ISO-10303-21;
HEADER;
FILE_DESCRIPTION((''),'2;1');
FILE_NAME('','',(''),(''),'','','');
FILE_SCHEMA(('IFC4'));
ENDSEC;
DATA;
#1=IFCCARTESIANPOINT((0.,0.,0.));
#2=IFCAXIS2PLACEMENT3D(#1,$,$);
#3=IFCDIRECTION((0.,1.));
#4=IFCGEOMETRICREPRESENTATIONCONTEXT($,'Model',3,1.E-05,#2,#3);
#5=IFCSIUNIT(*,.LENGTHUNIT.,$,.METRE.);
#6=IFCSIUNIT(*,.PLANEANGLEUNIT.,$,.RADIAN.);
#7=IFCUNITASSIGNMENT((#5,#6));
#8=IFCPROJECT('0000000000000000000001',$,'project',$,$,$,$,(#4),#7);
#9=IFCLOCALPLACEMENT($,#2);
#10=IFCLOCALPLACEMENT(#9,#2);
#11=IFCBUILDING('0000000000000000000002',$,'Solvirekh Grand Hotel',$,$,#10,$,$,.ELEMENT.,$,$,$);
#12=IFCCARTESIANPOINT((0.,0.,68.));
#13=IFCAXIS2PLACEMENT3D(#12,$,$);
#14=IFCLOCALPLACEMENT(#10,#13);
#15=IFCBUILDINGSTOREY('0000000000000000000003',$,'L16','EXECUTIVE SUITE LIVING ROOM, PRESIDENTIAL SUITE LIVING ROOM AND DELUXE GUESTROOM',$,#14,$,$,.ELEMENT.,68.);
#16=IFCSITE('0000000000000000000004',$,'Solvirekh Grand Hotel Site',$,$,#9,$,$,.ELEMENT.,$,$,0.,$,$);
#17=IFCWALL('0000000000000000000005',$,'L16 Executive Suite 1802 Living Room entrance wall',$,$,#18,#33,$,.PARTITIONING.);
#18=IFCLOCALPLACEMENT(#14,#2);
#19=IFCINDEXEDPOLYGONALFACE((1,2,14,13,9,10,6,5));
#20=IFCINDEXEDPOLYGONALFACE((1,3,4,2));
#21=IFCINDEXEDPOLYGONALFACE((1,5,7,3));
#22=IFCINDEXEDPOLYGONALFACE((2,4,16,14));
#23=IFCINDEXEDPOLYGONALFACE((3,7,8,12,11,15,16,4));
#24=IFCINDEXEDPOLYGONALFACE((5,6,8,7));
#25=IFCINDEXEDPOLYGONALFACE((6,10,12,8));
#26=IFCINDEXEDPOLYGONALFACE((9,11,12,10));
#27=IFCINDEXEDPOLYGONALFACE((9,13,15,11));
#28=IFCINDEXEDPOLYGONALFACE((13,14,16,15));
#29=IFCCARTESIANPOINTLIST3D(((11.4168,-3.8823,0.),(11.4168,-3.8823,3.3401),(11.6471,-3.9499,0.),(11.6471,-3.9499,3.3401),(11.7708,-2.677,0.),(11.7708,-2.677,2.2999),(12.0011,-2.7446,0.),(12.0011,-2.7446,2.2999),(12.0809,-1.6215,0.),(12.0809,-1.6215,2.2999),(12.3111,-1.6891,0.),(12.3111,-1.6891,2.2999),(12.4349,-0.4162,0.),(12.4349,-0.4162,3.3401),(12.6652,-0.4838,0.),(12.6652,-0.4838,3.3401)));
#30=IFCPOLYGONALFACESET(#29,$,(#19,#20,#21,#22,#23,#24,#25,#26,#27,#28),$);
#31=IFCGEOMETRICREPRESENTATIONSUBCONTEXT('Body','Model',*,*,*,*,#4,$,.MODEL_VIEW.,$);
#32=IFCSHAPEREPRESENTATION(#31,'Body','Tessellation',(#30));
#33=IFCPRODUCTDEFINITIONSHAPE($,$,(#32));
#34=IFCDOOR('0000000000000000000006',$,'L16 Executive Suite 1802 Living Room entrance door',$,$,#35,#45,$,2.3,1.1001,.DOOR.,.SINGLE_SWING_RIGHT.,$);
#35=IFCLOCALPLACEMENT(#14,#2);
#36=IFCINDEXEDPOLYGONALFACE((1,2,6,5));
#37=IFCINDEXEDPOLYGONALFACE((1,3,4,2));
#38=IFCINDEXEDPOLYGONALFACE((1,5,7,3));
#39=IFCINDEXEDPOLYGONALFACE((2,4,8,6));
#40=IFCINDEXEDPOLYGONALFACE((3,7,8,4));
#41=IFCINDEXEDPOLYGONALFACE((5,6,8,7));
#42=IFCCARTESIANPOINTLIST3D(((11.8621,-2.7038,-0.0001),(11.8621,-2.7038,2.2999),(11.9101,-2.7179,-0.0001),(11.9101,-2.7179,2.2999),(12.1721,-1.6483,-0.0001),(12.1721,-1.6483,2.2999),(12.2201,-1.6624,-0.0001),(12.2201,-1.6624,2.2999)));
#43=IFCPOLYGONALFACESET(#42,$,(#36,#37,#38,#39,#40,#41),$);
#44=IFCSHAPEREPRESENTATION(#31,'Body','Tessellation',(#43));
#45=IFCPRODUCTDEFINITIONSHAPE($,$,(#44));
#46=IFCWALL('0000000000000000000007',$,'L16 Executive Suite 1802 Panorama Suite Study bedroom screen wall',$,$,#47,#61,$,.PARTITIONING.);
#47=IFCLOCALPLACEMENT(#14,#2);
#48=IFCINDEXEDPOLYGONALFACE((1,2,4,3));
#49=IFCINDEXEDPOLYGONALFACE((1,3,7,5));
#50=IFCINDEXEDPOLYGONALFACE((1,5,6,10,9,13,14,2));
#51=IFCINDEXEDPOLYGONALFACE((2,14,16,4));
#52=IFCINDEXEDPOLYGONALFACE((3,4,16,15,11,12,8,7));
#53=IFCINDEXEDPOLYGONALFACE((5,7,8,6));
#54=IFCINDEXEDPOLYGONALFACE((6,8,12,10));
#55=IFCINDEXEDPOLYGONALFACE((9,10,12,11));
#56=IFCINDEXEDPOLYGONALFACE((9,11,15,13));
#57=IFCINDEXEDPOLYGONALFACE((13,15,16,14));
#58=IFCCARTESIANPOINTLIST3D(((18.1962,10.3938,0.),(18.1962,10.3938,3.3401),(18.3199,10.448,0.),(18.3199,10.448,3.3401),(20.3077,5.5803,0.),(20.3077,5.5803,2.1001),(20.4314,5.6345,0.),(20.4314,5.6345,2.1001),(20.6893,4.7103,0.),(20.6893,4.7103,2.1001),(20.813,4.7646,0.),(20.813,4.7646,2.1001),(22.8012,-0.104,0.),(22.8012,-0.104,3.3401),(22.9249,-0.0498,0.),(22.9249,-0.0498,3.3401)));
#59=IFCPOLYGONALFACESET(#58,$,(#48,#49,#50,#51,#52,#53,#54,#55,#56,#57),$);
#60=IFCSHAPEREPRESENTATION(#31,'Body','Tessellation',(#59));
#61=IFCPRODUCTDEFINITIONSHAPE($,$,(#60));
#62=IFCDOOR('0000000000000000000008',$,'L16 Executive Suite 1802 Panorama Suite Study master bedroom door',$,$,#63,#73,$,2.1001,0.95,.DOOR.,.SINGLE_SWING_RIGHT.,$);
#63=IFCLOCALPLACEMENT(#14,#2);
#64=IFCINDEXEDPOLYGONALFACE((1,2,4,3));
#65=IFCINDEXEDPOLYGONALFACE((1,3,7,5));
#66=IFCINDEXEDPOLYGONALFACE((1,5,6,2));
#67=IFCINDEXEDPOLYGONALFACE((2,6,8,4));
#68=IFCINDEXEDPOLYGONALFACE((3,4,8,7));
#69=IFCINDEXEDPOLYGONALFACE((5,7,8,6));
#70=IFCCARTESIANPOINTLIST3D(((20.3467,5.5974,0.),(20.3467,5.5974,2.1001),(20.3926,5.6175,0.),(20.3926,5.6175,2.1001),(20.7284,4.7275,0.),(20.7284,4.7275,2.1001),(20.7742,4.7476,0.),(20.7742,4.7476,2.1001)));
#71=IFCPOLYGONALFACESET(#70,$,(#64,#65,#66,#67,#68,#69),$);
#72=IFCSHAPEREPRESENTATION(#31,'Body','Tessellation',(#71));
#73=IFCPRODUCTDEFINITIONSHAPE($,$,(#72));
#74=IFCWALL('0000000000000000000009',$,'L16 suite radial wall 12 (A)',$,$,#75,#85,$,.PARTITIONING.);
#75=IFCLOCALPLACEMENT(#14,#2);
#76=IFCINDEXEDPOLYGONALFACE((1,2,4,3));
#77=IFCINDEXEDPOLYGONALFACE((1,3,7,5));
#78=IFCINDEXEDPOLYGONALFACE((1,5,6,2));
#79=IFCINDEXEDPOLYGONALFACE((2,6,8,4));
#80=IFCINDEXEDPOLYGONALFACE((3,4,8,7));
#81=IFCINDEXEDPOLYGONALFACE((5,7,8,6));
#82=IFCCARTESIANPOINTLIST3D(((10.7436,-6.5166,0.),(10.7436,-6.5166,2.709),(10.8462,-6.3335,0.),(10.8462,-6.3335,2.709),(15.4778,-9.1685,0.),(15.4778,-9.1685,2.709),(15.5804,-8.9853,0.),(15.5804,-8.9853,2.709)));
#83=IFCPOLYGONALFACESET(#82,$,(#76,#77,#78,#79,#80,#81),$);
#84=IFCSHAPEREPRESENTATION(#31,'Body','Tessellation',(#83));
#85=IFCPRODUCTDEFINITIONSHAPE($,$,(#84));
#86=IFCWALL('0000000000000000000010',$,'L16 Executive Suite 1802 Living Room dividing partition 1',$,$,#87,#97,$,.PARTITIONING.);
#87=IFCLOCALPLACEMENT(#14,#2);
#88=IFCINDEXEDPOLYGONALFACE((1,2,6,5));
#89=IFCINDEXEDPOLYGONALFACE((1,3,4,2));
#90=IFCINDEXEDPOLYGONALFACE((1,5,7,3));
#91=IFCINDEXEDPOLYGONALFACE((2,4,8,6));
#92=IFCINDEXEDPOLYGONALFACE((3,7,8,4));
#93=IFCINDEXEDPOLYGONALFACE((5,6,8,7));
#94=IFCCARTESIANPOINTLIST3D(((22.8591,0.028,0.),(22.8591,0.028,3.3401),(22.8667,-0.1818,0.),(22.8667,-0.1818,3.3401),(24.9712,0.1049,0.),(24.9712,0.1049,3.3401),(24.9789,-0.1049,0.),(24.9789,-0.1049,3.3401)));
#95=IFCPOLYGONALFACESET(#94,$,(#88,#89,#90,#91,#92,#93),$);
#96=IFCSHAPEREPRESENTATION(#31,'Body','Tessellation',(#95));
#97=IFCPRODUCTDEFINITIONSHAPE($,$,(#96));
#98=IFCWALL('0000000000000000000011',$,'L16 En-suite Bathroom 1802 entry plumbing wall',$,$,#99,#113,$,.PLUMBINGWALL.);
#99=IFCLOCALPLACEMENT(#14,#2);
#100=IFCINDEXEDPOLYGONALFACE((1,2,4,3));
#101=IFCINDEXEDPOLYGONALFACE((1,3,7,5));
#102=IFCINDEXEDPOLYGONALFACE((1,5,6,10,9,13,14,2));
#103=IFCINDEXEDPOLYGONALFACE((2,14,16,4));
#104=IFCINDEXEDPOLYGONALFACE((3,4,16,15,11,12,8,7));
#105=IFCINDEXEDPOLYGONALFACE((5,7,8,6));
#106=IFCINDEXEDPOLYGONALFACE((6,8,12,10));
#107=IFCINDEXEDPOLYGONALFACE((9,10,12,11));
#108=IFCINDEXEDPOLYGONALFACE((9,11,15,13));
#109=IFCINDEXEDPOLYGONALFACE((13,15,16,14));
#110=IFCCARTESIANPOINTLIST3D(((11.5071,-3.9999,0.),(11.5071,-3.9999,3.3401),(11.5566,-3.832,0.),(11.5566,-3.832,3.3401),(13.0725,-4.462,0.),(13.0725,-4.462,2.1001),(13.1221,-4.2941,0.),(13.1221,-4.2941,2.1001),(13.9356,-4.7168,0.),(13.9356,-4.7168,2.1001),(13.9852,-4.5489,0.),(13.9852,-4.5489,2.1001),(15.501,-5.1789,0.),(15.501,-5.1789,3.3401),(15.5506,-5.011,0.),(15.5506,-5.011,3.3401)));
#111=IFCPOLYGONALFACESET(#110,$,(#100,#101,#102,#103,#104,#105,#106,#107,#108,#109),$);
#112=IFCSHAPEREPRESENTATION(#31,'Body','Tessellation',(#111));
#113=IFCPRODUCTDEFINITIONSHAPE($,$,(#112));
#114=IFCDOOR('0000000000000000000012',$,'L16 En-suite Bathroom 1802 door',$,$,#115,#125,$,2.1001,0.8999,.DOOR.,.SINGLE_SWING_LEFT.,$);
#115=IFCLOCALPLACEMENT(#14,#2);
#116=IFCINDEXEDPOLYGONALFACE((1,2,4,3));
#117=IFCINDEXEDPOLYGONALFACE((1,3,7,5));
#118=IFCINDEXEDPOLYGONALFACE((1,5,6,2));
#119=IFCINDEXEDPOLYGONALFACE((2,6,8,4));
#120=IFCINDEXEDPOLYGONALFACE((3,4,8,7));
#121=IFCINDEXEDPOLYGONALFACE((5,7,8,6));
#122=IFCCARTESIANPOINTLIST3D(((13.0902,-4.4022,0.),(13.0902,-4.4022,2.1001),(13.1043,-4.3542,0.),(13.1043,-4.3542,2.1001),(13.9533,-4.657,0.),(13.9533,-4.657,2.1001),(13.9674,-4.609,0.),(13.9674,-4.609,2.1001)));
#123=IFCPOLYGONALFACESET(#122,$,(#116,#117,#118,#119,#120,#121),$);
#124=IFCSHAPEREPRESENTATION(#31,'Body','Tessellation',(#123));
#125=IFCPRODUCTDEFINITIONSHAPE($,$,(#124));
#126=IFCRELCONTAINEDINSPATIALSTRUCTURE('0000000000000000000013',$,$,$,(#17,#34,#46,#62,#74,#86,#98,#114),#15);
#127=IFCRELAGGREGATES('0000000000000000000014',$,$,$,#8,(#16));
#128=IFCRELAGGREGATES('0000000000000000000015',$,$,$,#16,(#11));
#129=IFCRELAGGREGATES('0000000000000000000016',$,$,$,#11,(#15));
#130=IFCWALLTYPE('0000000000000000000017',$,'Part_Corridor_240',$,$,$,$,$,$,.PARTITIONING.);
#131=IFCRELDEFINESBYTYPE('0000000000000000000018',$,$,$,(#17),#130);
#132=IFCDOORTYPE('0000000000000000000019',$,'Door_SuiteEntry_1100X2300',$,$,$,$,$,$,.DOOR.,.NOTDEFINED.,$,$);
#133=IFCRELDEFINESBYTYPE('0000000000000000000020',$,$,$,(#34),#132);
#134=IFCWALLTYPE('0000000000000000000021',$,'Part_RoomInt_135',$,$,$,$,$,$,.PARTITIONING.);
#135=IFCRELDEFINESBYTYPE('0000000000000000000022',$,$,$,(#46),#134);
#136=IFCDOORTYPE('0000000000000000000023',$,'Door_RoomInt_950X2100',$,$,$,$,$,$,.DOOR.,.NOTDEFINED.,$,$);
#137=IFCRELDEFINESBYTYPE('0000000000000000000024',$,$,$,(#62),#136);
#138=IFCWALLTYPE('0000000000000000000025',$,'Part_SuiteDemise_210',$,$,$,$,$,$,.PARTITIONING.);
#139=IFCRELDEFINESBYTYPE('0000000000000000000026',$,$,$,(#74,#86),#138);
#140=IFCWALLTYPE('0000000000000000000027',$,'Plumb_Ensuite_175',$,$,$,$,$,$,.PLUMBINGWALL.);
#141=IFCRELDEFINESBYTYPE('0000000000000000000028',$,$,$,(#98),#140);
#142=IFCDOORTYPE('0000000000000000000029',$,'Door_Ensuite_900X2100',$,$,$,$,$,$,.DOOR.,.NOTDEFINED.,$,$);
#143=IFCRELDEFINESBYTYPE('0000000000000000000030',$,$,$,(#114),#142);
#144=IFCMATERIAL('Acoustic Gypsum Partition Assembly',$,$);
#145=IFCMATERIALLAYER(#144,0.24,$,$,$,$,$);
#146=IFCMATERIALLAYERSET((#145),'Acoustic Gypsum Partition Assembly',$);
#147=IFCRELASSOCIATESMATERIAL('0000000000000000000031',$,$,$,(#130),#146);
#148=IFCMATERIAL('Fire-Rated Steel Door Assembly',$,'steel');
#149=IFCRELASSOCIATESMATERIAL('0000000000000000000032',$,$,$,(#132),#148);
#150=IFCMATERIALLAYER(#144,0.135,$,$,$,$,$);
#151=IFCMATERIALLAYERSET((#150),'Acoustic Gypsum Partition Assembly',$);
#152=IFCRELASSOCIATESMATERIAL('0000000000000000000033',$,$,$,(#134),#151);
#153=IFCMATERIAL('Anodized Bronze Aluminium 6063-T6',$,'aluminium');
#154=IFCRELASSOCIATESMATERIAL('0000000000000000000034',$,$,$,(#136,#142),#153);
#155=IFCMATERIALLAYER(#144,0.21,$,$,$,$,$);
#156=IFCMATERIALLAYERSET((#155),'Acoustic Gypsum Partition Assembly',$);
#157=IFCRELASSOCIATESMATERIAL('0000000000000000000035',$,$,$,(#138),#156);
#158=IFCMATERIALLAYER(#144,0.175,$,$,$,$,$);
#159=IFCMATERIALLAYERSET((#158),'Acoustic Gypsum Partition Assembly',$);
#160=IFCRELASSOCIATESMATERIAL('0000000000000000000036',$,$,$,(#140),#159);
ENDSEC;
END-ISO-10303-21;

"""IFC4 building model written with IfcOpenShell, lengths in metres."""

from ifc_helpers import new_model, si_unit, direction, frame, frame_2d, origin, place, context, subcontext, project, spatial, rectangle, extrude, material, layer, layer_set, type_object, element, fill, save


model = new_model("IFC4")

# Units and contexts
model_context = context("Model", 3, precision=1e-05, world=origin(), true_north=direction((0.0, 1.0)))
body_context = subcontext(model_context, "Body", "Model", "MODEL_VIEW")
ifc_project = project(units=[si_unit("LENGTHUNIT", "METRE"), si_unit("PLANEANGLEUNIT", "RADIAN")], contexts=[model_context])

# Site, building, storey
site_placement = place(None, origin())
site = spatial("IfcSite", under=ifc_project, at=site_placement, Name="Solvirekh Grand Hotel Site", CompositionType="ELEMENT", RefElevation=0.0)
building_placement = place(site_placement, origin())
building = spatial("IfcBuilding", under=site, at=building_placement, Name="Solvirekh Grand Hotel", CompositionType="ELEMENT")
storey_placement = place(building_placement, frame((0.0, 0.0, 68.0)))
storey = spatial("IfcBuildingStorey", under=building, at=storey_placement, Name="L16", Description="EXECUTIVE SUITE LIVING ROOM, PRESIDENTIAL SUITE LIVING ROOM AND DELUXE GUESTROOM", CompositionType="ELEMENT", Elevation=68.0)

# Shared definitions
ifc_material_1 = material(Name="Anodized Bronze Aluminium 6063-T6", Category="aluminium")

# Shared definitions
ifc_material_2 = material(Name="Acoustic Gypsum Partition Assembly")
ifc_layer_1 = layer(ifc_material_2, 0.24)
ifc_layer_set_1 = layer_set([ifc_layer_1], Name="Acoustic Gypsum Partition Assembly")
wall_type_1 = type_object("IfcWallType", Name="Part_Corridor_240", PredefinedType="PARTITIONING", material=ifc_layer_set_1)

# Walls, openings, doors
wall_1_placement = place(storey_placement, frame((11.532, -3.916, 0.0), z_axis=(0.0, 0.0, 1.0), x_axis=(0.281819, 0.959468, 0.0)))
wall_1 = element("IfcWall", 1, at=wall_1_placement, inside=storey, type_object=wall_type_1, Name="L16 Executive Suite 1802 Living Room entrance wall", PredefinedType="PARTITIONING", context=body_context, shape_type="SweptSolid", body=[
    extrude(rectangle(XDim=3.6125, YDim=0.24, at=frame_2d((1.8062, 0.0))), origin(), (0.0, 0.0, 1.0), 3.3401),
])
opening_1_placement = place(wall_1_placement, frame((1.2561, 0.0, 0.0)))
opening_1 = element("IfcOpeningElement", 2, at=opening_1_placement, cuts=wall_1, PredefinedType="OPENING", context=body_context, shape_type="SweptSolid", body=[
    extrude(rectangle(XDim=1.1001, YDim=2.3, at=frame_2d((0.55, 1.1499))), frame((0.0, 0.1299, 0.0), z_axis=(0.0, -1.0, 0.0), x_axis=(1.0, 0.0, 0.0)), (0.0, 0.0, 1.0), 0.26),
])
ifc_material_3 = material(Name="Fire-Rated Steel Door Assembly", Category="steel")
door_type_1 = type_object("IfcDoorType", Name="Door_SuiteEntry_1100X2300", OperationType="NOTDEFINED", PredefinedType="DOOR", material=ifc_material_3)
door_1_placement = place(opening_1_placement, origin())
door_1 = element("IfcDoor", 3, at=door_1_placement, inside=storey, type_object=door_type_1, Name="L16 Executive Suite 1802 Living Room entrance door", OperationType="SINGLE_SWING_RIGHT", OverallHeight=2.3, OverallWidth=1.1001, PredefinedType="DOOR", context=body_context, shape_type="SweptSolid", body=[
    extrude(rectangle(XDim=1.1001, YDim=2.3, at=frame_2d((0.55, 1.1499))), frame((0.0, 0.0249, 0.0), z_axis=(0.0, -1.0, 0.0), x_axis=(1.0, 0.0, 0.0)), (0.0, 0.0, 1.0), 0.05),
])
fill(opening_1, door_1)
ifc_layer_2 = layer(ifc_material_2, 0.135)
ifc_layer_set_2 = layer_set([ifc_layer_2], Name="Acoustic Gypsum Partition Assembly")
wall_type_2 = type_object("IfcWallType", Name="Part_RoomInt_135", PredefinedType="PARTITIONING", material=ifc_layer_set_2)
wall_2_placement = place(storey_placement, frame((22.863, -0.0769, 0.0), z_axis=(0.0, 0.0, 1.0), x_axis=(-0.401711, 0.915766, 0.0)))
wall_2 = element("IfcWall", 4, at=wall_2_placement, inside=storey, type_object=wall_type_2, Name="L16 Executive Suite 1802 Panorama Suite Study bedroom screen wall", PredefinedType="PARTITIONING", context=body_context, shape_type="SweptSolid", body=[
    extrude(rectangle(XDim=11.4634, YDim=0.135, at=frame_2d((5.7317, 0.0))), origin(), (0.0, 0.0, 1.0), 3.3401),
])
opening_2_placement = place(wall_2_placement, frame((5.2571, 0.0, 0.0)))
opening_2 = element("IfcOpeningElement", 5, at=opening_2_placement, cuts=wall_2, PredefinedType="OPENING", context=body_context, shape_type="SweptSolid", body=[
    extrude(rectangle(XDim=0.95, YDim=2.1001, at=frame_2d((0.4751, 1.05))), frame((0.0, 0.0776, 0.0), z_axis=(0.0, -1.0, 0.0), x_axis=(1.0, 0.0, 0.0)), (0.0, 0.0, 1.0), 0.155),
])
door_type_2 = type_object("IfcDoorType", Name="Door_RoomInt_950X2100", OperationType="NOTDEFINED", PredefinedType="DOOR", material=ifc_material_1)
door_2_placement = place(opening_2_placement, origin())
door_2 = element("IfcDoor", 6, at=door_2_placement, inside=storey, type_object=door_type_2, Name="L16 Executive Suite 1802 Panorama Suite Study master bedroom door", OperationType="SINGLE_SWING_RIGHT", OverallHeight=2.1001, OverallWidth=0.95, PredefinedType="DOOR", context=body_context, shape_type="SweptSolid", body=[
    extrude(rectangle(XDim=0.95, YDim=2.1001, at=frame_2d((0.4751, 1.05))), frame((0.0, 0.0249, 0.0), z_axis=(0.0, -1.0, 0.0), x_axis=(1.0, 0.0, 0.0)), (0.0, 0.0, 1.0), 0.05),
])
fill(opening_2, door_2)

# Walls
ifc_layer_3 = layer(ifc_material_2, 0.21)
ifc_layer_set_3 = layer_set([ifc_layer_3], Name="Acoustic Gypsum Partition Assembly")
wall_type_3 = type_object("IfcWallType", Name="Part_SuiteDemise_210", PredefinedType="PARTITIONING", material=ifc_layer_set_3)
wall_3_placement = place(storey_placement, frame((10.7949, -6.425, 0.0), z_axis=(0.0, 0.0, 1.0), x_axis=(0.872448, -0.488707, 0.0)))
element("IfcWall", 7, at=wall_3_placement, inside=storey, type_object=wall_type_3, Name="L16 suite radial wall 12 (A)", PredefinedType="PARTITIONING", context=body_context, shape_type="SweptSolid", body=[
    extrude(rectangle(XDim=5.4263, YDim=0.21, at=frame_2d((2.7131, 0.0))), origin(), (0.0, 0.0, 1.0), 2.709),
])
wall_4_placement = place(storey_placement, frame((22.863, -0.0769, 0.0), z_axis=(0.0, 0.0, 1.0), x_axis=(0.999338, 0.036388, 0.0)))
element("IfcWall", 8, at=wall_4_placement, inside=storey, type_object=wall_type_3, Name="L16 Executive Suite 1802 Living Room dividing partition 1", PredefinedType="PARTITIONING", context=body_context, shape_type="SweptSolid", body=[
    extrude(rectangle(XDim=2.1135, YDim=0.21, at=frame_2d((1.0566, 0.0))), origin(), (0.0, 0.0, 1.0), 3.3401),
])

# Wall, opening, door
ifc_layer_4 = layer(ifc_material_2, 0.175)
ifc_layer_set_4 = layer_set([ifc_layer_4], Name="Acoustic Gypsum Partition Assembly")
wall_type_4 = type_object("IfcWallType", Name="Plumb_Ensuite_175", PredefinedType="PLUMBINGWALL", material=ifc_layer_set_4)
wall_5_placement = place(storey_placement, frame((11.532, -3.916, 0.0), z_axis=(0.0, 0.0, 1.0), x_axis=(0.959087, -0.283112, 0.0)))
wall_5 = element("IfcWall", 9, at=wall_5_placement, inside=storey, type_object=wall_type_4, Name="L16 En-suite Bathroom 1802 entry plumbing wall", PredefinedType="PLUMBINGWALL", context=body_context, shape_type="SweptSolid", body=[
    extrude(rectangle(XDim=4.1643, YDim=0.175, at=frame_2d((2.082, 0.0))), origin(), (0.0, 0.0, 1.0), 3.3401),
])
opening_3_placement = place(wall_5_placement, frame((1.6321, 0.0, 0.0)))
opening_3 = element("IfcOpeningElement", 10, at=opening_3_placement, cuts=wall_5, PredefinedType="OPENING", context=body_context, shape_type="SweptSolid", body=[
    extrude(rectangle(XDim=0.8999, YDim=2.1001, at=frame_2d((0.45, 1.05))), frame((0.0, 0.0977, 0.0), z_axis=(0.0, -1.0, 0.0), x_axis=(1.0, 0.0, 0.0)), (0.0, 0.0, 1.0), 0.1951),
])
door_type_3 = type_object("IfcDoorType", Name="Door_Ensuite_900X2100", OperationType="NOTDEFINED", PredefinedType="DOOR", material=ifc_material_1)
door_3_placement = place(opening_3_placement, origin())
door_3 = element("IfcDoor", 11, at=door_3_placement, inside=storey, type_object=door_type_3, Name="L16 En-suite Bathroom 1802 door", OperationType="SINGLE_SWING_LEFT", OverallHeight=2.1001, OverallWidth=0.8999, PredefinedType="DOOR", context=body_context, shape_type="SweptSolid", body=[
    extrude(rectangle(XDim=0.8999, YDim=2.1001, at=frame_2d((0.45, 1.05))), frame((0.0, 0.0249, 0.0), z_axis=(0.0, -1.0, 0.0), x_axis=(1.0, 0.0, 0.0)), (0.0, 0.0, 1.0), 0.05),
])
fill(opening_3, door_3)

save(model, "model.ifc")
